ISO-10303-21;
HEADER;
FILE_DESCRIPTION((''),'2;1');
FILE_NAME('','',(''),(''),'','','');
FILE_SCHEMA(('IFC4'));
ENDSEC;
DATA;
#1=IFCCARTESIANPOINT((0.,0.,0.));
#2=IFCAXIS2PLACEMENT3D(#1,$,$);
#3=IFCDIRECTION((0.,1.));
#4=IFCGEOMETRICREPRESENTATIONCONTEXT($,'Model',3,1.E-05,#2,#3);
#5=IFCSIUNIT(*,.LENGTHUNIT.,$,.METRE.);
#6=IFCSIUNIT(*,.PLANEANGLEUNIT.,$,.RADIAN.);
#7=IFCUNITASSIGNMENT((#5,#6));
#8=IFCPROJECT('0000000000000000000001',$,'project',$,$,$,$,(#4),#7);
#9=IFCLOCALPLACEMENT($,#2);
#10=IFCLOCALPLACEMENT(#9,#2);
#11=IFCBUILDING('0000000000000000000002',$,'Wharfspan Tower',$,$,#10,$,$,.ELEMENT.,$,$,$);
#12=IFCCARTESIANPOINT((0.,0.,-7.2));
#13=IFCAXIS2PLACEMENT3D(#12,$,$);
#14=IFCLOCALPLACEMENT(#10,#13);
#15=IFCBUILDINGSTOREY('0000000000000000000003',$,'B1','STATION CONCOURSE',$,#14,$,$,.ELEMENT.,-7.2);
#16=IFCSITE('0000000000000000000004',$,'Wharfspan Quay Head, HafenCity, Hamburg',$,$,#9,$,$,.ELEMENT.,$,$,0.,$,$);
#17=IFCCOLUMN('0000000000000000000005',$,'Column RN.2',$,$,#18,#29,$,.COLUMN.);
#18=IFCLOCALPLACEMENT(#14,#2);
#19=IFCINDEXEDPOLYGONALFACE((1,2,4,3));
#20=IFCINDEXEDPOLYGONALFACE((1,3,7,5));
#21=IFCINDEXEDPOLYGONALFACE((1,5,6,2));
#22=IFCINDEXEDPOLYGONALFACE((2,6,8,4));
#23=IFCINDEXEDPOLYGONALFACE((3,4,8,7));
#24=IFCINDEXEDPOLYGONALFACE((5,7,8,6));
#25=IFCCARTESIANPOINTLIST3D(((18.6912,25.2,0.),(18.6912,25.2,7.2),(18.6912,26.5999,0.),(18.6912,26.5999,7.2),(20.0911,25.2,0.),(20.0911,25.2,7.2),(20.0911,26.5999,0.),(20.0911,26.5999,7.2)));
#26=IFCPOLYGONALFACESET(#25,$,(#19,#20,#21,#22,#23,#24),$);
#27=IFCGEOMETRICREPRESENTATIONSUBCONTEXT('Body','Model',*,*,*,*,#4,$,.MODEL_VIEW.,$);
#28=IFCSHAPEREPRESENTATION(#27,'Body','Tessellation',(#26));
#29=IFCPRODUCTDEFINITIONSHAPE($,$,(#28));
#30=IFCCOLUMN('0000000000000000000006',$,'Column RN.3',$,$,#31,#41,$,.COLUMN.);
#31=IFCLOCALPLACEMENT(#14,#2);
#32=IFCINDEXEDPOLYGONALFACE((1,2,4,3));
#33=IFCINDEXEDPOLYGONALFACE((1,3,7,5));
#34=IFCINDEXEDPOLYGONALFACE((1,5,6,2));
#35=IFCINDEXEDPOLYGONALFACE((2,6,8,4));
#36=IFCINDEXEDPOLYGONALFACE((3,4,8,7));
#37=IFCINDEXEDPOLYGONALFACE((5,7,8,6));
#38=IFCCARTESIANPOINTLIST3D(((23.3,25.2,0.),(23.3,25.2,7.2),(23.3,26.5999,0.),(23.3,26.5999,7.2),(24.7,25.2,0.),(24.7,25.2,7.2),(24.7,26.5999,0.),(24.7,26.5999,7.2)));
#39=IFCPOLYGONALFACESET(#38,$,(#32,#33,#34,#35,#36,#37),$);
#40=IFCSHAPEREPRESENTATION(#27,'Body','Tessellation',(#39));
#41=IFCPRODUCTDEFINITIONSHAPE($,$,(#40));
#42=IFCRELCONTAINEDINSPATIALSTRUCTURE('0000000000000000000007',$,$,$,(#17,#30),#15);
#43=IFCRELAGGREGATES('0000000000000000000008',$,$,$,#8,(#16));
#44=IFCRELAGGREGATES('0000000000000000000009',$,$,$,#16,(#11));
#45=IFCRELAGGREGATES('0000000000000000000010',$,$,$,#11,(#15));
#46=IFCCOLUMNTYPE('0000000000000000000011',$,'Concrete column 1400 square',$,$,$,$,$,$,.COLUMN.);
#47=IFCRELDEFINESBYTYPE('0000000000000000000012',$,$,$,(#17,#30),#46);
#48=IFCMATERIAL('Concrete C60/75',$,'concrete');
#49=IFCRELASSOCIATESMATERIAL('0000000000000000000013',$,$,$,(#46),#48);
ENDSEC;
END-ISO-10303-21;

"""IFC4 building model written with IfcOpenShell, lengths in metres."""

from ifc_helpers import new_model, si_unit, direction, frame, origin, origin_2d, place, context, subcontext, project, spatial, rectangle, extrude, material, material_profile, profile_set, type_object, element, save


model = new_model("IFC4")

# Units and contexts
model_context = context("Model", 3, precision=1e-05, world=origin(), true_north=direction((0.0, 1.0)))
body_context = subcontext(model_context, "Body", "Model", "MODEL_VIEW")
ifc_project = project(units=[si_unit("LENGTHUNIT", "METRE"), si_unit("PLANEANGLEUNIT", "RADIAN")], contexts=[model_context])

# Site, building, storey
site_placement = place(None, origin())
site = spatial("IfcSite", under=ifc_project, at=site_placement, Name="Wharfspan Quay Head, HafenCity, Hamburg", CompositionType="ELEMENT", RefElevation=0.0)
building_placement = place(site_placement, origin())
building = spatial("IfcBuilding", under=site, at=building_placement, Name="Wharfspan Tower", CompositionType="ELEMENT")
storey_placement = place(building_placement, frame((0.0, 0.0, -7.2)))
storey = spatial("IfcBuildingStorey", under=building, at=storey_placement, Name="B1", Description="STATION CONCOURSE", CompositionType="ELEMENT", Elevation=-7.2)

# Columns
ifc_material_1 = material(Name="Concrete C60/75", Category="concrete")
ifc_material_profile_1 = material_profile(ifc_material_1, rectangle(XDim=1.3999, YDim=1.3999, at=origin_2d()))
ifc_profile_set_1 = profile_set([ifc_material_profile_1], Name="Concrete C60/75")
column_type_1 = type_object("IfcColumnType", Name="Concrete column 1400 square", PredefinedType="COLUMN", material=ifc_profile_set_1)
for number, where, z_axis, x_axis, name in (
    (1, (19.3911, 25.8999, 0.0), (0.0, 0.0, 1.0), (1.0, 0.0, 0.0), "Column RN.2"),
    (2, (24.0, 25.8999, 0.0), (0.0, 0.0, 1.0), (1.0, 0.0, 0.0), "Column RN.3"),
):
    element("IfcColumn", number, at=place(storey_placement, frame(where, z_axis=z_axis, x_axis=x_axis)), inside=storey, type_object=column_type_1, Name=name, PredefinedType="COLUMN", context=body_context, shape_type="SweptSolid", body=[
        extrude(rectangle(XDim=1.3999, YDim=1.3999, at=origin_2d()), origin(), (0.0, 0.0, 1.0), 7.2),
    ])

save(model, "model.ifc")
